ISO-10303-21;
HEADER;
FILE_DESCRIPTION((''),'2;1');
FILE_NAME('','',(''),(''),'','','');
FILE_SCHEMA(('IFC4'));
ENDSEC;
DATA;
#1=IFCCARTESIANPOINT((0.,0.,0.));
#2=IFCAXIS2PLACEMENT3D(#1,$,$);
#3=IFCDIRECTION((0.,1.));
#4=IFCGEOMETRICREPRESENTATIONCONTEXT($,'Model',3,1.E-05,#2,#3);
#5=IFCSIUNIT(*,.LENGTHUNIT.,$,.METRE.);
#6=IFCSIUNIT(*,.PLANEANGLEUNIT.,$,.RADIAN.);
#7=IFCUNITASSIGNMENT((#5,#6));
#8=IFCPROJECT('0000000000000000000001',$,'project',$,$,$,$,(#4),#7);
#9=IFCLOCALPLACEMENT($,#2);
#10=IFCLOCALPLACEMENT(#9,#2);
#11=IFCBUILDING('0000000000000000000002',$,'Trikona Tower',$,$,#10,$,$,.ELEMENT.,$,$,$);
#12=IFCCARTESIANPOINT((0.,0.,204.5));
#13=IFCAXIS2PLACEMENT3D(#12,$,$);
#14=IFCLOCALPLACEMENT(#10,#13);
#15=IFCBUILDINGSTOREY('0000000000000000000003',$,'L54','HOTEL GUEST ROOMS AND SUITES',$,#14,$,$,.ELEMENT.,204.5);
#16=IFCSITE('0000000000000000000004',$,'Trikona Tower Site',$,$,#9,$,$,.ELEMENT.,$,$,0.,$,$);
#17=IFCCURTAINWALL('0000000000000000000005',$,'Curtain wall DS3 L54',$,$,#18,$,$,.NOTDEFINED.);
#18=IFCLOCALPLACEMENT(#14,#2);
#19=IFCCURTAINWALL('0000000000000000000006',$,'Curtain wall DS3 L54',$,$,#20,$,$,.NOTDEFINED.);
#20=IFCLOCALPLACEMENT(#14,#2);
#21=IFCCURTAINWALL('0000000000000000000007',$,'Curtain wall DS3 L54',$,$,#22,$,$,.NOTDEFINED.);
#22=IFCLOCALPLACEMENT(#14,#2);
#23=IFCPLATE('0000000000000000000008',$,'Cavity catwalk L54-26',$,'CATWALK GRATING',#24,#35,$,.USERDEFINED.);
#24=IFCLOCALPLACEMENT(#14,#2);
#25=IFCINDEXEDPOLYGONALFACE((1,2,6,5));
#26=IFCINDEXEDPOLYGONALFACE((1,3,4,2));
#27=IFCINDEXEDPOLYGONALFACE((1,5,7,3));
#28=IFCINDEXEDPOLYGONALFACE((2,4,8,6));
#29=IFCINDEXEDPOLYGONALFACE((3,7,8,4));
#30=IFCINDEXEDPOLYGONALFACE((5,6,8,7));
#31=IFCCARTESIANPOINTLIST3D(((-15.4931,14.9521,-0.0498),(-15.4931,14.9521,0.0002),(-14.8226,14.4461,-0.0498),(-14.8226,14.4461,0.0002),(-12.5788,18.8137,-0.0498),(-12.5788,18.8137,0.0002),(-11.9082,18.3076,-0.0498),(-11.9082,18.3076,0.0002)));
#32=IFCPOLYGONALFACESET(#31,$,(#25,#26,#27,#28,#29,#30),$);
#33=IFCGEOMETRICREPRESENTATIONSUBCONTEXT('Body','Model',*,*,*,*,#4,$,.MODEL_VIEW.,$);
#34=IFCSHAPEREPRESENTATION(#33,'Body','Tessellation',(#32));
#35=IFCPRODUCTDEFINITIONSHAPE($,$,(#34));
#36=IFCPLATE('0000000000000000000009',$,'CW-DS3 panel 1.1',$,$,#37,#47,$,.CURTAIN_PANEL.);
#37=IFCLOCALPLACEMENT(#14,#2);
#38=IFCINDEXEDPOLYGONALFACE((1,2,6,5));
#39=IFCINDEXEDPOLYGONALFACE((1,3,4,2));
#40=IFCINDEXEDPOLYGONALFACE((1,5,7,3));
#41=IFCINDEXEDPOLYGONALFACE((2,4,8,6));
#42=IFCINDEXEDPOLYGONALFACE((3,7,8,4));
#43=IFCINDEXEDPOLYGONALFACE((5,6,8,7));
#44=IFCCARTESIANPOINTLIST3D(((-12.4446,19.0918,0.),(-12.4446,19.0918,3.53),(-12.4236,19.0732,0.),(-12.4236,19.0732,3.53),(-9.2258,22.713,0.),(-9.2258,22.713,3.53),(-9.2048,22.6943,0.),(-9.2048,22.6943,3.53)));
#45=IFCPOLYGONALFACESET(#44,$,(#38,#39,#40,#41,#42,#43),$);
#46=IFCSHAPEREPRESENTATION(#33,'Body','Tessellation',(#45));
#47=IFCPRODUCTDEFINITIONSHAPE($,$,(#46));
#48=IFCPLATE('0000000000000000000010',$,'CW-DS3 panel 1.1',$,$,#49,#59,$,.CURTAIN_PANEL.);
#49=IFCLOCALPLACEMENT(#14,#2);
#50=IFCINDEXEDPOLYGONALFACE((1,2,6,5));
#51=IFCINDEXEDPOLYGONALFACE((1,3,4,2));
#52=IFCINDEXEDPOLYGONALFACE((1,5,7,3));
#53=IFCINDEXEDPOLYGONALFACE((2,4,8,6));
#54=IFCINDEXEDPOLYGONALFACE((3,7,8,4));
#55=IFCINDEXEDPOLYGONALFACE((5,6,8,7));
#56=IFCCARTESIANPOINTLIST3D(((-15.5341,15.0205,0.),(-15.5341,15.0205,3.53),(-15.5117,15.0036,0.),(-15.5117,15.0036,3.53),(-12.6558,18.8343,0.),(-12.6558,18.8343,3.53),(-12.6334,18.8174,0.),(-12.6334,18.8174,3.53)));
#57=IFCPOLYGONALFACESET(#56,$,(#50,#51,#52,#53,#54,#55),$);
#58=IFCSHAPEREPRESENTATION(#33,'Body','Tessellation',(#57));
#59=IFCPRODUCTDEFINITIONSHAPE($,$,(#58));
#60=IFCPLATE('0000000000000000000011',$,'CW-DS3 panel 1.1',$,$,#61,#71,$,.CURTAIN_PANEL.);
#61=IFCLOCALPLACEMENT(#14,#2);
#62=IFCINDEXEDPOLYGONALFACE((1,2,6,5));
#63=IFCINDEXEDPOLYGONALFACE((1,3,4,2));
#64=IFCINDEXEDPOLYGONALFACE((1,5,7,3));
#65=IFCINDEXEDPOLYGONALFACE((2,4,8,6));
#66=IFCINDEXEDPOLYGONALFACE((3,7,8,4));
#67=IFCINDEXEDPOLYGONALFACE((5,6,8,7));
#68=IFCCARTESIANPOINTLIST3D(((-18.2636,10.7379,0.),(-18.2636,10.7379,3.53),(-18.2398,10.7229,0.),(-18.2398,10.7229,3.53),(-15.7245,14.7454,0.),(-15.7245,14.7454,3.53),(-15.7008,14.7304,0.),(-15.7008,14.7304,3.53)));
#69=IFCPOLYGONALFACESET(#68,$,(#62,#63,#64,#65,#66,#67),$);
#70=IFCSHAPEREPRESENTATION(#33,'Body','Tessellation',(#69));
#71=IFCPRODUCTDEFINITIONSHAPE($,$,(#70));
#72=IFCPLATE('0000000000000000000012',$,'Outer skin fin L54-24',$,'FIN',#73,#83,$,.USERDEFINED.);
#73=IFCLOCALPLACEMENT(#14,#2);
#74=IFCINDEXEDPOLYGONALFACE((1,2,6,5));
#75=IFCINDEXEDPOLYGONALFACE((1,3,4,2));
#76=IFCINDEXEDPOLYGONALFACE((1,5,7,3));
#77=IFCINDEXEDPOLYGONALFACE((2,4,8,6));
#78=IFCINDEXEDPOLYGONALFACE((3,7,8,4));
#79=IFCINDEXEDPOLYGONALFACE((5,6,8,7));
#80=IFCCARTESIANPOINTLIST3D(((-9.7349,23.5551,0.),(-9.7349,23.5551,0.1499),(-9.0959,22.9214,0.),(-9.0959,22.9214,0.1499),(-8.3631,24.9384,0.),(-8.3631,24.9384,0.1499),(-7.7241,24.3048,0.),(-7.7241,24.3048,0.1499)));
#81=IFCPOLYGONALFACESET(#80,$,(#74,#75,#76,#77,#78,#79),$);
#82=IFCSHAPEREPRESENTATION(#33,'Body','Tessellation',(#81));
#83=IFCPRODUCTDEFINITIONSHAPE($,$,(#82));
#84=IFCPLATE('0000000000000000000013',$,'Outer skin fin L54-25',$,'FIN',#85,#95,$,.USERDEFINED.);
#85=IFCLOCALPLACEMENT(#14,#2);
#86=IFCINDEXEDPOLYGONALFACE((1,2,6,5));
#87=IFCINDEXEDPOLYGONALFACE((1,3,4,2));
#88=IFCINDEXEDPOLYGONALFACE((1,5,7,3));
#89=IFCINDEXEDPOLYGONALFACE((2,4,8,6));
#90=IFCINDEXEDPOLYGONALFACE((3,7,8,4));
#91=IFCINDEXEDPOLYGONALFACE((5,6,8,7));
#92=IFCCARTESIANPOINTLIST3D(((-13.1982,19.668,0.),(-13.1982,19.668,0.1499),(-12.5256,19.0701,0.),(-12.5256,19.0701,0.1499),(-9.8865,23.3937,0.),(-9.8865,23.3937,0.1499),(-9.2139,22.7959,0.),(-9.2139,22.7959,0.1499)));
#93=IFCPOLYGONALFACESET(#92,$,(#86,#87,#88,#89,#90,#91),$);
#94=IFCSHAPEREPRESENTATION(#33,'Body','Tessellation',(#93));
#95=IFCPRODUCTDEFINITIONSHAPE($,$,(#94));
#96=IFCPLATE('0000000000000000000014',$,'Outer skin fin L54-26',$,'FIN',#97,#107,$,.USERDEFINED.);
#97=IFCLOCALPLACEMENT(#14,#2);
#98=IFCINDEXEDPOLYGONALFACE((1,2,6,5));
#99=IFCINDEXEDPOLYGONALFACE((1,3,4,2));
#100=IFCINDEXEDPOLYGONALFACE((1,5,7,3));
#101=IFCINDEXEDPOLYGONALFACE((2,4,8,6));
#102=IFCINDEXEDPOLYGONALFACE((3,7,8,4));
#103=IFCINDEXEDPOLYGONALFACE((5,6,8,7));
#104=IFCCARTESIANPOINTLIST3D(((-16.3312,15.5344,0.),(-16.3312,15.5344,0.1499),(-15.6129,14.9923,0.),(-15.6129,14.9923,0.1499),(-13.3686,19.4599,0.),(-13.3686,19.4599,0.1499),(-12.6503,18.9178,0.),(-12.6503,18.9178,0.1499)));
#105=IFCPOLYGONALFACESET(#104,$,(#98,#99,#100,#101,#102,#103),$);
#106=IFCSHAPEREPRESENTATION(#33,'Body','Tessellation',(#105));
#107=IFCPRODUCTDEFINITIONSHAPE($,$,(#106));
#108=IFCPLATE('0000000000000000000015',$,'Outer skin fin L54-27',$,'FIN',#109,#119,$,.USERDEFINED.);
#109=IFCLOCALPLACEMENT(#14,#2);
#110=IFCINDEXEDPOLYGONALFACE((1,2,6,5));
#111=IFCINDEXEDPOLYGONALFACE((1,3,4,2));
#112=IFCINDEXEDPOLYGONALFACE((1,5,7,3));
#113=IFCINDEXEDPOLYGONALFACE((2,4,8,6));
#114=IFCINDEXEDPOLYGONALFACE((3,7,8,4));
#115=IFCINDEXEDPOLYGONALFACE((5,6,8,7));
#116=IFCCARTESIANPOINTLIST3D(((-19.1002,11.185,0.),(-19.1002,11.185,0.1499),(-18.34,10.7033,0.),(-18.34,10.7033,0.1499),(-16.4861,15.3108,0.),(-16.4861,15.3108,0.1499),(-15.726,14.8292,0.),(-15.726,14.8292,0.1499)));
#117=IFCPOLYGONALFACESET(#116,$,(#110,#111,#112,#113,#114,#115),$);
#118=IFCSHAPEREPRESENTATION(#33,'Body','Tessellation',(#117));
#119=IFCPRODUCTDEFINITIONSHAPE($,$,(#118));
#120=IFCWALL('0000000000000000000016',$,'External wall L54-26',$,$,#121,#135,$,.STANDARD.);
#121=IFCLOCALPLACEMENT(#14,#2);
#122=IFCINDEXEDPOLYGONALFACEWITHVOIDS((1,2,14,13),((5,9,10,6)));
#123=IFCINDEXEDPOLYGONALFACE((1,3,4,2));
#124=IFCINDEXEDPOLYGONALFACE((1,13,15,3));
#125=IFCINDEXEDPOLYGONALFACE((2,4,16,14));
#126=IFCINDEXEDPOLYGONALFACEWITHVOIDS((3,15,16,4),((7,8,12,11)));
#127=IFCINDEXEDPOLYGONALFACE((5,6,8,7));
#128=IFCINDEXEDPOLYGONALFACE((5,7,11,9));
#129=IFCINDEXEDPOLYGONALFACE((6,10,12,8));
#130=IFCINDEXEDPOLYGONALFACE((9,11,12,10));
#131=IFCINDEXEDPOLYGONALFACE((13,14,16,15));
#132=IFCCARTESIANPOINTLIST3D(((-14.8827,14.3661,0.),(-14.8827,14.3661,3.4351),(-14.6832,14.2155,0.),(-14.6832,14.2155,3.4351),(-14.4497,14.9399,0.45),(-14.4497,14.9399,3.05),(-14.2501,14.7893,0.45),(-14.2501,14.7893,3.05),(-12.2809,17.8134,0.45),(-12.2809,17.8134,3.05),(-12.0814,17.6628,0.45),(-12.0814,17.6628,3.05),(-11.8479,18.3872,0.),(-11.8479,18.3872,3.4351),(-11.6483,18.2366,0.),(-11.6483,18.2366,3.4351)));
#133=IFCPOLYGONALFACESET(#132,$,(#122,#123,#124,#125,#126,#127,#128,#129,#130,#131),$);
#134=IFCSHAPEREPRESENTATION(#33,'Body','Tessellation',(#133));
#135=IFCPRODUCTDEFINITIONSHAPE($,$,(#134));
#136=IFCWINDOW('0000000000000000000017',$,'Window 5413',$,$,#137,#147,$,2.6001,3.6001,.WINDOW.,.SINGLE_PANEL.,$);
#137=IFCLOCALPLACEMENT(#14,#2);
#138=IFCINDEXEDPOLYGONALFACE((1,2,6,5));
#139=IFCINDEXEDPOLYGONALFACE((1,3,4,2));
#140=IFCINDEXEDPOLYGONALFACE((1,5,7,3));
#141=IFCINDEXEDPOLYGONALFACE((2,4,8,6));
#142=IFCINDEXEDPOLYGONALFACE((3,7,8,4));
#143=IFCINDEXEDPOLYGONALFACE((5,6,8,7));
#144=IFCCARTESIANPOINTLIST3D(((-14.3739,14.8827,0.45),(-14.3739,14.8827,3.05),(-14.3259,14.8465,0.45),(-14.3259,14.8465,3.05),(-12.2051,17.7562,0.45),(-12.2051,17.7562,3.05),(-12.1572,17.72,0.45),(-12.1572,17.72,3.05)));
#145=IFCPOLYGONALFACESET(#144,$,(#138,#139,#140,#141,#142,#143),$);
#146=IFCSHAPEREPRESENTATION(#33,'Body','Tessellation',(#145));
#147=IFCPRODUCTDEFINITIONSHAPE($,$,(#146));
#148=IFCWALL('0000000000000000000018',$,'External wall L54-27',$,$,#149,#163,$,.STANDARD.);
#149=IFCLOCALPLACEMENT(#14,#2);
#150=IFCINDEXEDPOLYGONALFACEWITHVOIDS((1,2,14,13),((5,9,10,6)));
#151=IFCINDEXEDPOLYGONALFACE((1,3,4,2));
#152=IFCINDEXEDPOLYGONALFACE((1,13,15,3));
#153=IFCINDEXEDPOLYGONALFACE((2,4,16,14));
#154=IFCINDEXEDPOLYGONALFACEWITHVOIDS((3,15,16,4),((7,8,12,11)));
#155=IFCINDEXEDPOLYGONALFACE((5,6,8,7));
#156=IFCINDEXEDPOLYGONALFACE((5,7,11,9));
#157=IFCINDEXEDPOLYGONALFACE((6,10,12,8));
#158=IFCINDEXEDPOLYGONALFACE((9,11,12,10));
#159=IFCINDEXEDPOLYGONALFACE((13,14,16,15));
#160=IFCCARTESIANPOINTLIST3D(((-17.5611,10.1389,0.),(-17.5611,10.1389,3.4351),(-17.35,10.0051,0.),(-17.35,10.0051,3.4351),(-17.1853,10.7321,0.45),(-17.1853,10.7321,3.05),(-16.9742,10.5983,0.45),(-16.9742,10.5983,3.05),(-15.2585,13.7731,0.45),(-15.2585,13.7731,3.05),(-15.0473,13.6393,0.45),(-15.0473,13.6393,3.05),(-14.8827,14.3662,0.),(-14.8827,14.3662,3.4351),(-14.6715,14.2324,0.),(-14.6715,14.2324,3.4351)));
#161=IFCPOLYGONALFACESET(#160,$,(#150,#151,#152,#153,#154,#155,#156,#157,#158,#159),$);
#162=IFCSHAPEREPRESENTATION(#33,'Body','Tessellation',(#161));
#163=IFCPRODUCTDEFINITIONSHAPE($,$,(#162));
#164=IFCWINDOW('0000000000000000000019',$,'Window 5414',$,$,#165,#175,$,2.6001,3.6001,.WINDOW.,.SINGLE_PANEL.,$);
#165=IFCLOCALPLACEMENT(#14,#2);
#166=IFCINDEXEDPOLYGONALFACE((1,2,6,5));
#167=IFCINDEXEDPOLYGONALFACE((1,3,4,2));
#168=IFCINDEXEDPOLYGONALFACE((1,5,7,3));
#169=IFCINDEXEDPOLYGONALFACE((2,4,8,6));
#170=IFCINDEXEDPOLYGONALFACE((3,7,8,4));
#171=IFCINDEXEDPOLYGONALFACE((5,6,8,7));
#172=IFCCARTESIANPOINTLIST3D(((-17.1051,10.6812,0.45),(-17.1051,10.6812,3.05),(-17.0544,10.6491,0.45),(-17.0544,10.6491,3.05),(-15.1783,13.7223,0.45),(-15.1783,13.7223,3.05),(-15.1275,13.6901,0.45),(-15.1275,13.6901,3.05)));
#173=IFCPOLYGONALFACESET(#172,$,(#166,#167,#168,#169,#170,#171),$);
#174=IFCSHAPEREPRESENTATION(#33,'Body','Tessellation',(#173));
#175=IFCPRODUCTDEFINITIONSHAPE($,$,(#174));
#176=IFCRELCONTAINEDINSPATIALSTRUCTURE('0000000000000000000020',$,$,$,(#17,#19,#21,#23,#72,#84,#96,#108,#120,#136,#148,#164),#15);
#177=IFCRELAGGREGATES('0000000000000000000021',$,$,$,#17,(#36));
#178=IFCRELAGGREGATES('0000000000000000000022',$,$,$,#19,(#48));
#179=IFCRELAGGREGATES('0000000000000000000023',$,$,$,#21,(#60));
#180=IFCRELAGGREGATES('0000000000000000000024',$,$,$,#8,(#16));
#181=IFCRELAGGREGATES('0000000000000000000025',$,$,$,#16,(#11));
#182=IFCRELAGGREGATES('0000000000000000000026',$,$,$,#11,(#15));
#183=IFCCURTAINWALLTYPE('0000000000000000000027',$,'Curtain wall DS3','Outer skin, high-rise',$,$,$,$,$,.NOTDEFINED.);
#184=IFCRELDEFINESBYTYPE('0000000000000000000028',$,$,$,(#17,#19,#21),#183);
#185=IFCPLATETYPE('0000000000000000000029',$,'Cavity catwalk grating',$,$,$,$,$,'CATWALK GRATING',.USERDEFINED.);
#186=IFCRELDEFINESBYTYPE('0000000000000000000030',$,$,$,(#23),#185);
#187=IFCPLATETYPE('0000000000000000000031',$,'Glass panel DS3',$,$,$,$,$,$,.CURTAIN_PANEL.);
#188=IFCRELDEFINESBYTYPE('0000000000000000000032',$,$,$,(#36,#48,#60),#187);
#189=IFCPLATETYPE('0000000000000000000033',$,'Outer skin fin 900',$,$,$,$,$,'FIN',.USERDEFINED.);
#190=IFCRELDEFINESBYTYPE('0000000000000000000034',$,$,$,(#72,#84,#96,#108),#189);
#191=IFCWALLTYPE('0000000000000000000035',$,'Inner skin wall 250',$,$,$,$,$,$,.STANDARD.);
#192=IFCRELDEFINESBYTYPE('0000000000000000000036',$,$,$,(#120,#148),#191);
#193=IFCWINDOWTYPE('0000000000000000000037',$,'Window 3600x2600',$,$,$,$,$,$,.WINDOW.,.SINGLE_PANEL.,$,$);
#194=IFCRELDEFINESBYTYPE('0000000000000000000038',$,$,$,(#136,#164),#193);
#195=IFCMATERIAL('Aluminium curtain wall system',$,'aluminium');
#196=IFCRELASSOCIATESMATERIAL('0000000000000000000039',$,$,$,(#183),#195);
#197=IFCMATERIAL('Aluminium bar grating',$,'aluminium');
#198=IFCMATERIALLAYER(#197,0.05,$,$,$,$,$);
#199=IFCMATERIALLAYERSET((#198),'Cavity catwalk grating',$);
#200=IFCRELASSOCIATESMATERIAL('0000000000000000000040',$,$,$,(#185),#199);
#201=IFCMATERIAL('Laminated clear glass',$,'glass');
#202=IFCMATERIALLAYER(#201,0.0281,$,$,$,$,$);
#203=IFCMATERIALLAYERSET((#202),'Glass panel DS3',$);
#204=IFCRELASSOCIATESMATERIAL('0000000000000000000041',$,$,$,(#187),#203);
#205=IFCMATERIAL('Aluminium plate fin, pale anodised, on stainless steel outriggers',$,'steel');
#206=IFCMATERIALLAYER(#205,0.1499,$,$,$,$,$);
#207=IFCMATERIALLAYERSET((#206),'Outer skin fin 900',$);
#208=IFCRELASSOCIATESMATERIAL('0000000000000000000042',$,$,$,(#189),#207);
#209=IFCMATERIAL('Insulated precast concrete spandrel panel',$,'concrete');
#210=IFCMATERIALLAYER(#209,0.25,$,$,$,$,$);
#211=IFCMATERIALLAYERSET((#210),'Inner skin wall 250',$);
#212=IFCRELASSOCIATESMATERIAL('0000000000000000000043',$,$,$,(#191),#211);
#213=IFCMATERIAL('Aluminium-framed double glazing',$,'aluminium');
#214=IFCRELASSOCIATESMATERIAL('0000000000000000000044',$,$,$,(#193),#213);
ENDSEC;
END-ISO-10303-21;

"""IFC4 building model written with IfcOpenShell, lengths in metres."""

from ifc_helpers import new_model, si_unit, direction, frame, frame_2d, origin, origin_2d, place, context, subcontext, project, spatial, rectangle, extrude, material, layer, layer_set, type_object, element, fill, aggregate, save


model = new_model("IFC4")

# Units and contexts
model_context = context("Model", 3, precision=1e-05, world=origin(), true_north=direction((0.0, 1.0)))
body_context = subcontext(model_context, "Body", "Model", "MODEL_VIEW")
ifc_project = project(units=[si_unit("LENGTHUNIT", "METRE"), si_unit("PLANEANGLEUNIT", "RADIAN")], contexts=[model_context])

# Site, building, storey
site_placement = place(None, origin())
site = spatial("IfcSite", under=ifc_project, at=site_placement, Name="Trikona Tower Site", CompositionType="ELEMENT", RefElevation=0.0)
building_placement = place(site_placement, origin())
building = spatial("IfcBuilding", under=site, at=building_placement, Name="Trikona Tower", CompositionType="ELEMENT")
storey_placement = place(building_placement, frame((0.0, 0.0, 204.5)))
storey = spatial("IfcBuildingStorey", under=building, at=storey_placement, Name="L54", Description="HOTEL GUEST ROOMS AND SUITES", CompositionType="ELEMENT", Elevation=204.5)

# Shared definitions
ifc_material_1 = material(Name="Aluminium curtain wall system", Category="aluminium")
curtain_wall_type = type_object("IfcCurtainWallType", Name="Curtain wall DS3", Description="Outer skin, high-rise", PredefinedType="NOTDEFINED", material=ifc_material_1)

# Curtain walls
curtain_wall_1_placement = place(storey_placement, origin())
curtain_wall_1 = element("IfcCurtainWall", 1, at=curtain_wall_1_placement, inside=storey, type_object=curtain_wall_type, Name="Curtain wall DS3 L54", PredefinedType="NOTDEFINED")
curtain_wall_2_placement = place(storey_placement, origin())
curtain_wall_2 = element("IfcCurtainWall", 2, at=curtain_wall_2_placement, inside=storey, type_object=curtain_wall_type, Name="Curtain wall DS3 L54", PredefinedType="NOTDEFINED")

# Curtain wall
curtain_wall_3_placement = place(storey_placement, origin())
curtain_wall_3 = element("IfcCurtainWall", 3, at=curtain_wall_3_placement, inside=storey, type_object=curtain_wall_type, Name="Curtain wall DS3 L54", PredefinedType="NOTDEFINED")

# Plate
ifc_material_2 = material(Name="Aluminium bar grating", Category="aluminium")
ifc_layer_1 = layer(ifc_material_2, 0.05)
ifc_layer_set_1 = layer_set([ifc_layer_1], Name="Cavity catwalk grating")
plate_type_1 = type_object("IfcPlateType", Name="Cavity catwalk grating", ElementType="CATWALK GRATING", PredefinedType="USERDEFINED", material=ifc_layer_set_1)
plate_1_placement = place(storey_placement, frame((-13.7007, 16.6299, -0.0498), z_axis=(0.0, 0.0, 1.0), x_axis=(-0.602402, -0.798193, 0.0)))
element("IfcPlate", 4, at=plate_1_placement, inside=storey, type_object=plate_type_1, Name="Cavity catwalk L54-26", ObjectType="CATWALK GRATING", PredefinedType="USERDEFINED", context=body_context, shape_type="SweptSolid", body=[
    extrude(rectangle(XDim=4.8379, YDim=0.8401, at=origin_2d()), origin(), (0.0, 0.0, 1.0), 0.05),
])

# Plates
ifc_material_3 = material(Name="Laminated clear glass", Category="glass")
ifc_layer_2 = layer(ifc_material_3, 0.0281)
ifc_layer_set_2 = layer_set([ifc_layer_2], Name="Glass panel DS3")
plate_type_2 = type_object("IfcPlateType", Name="Glass panel DS3", PredefinedType="CURTAIN_PANEL", material=ifc_layer_set_2)
plate_2_placement = place(storey_placement, frame((-10.8247, 20.8931, 0.0), z_axis=(0.0, 0.0, 1.0), x_axis=(-0.664371, -0.747403, 0.0)))
plate_2 = element("IfcPlate", 5, at=plate_2_placement, type_object=plate_type_2, Name="CW-DS3 panel 1.1", PredefinedType="CURTAIN_PANEL", context=body_context, shape_type="SweptSolid", body=[
    extrude(rectangle(XDim=4.845, YDim=0.0281, at=origin_2d()), origin(), (0.0, 0.0, 1.0), 3.53),
])
aggregate(curtain_wall_1, [plate_2])
plate_3_placement = place(storey_placement, frame((-14.0837, 16.9189, 0.0), z_axis=(0.0, 0.0, 1.0), x_axis=(-0.602402, -0.798193, 0.0)))
plate_3 = element("IfcPlate", 6, at=plate_3_placement, type_object=plate_type_2, Name="CW-DS3 panel 1.1", PredefinedType="CURTAIN_PANEL", context=body_context, shape_type="SweptSolid", body=[
    extrude(rectangle(XDim=4.7781, YDim=0.0281, at=origin_2d()), origin(), (0.0, 0.0, 1.0), 3.53),
])
aggregate(curtain_wall_2, [plate_3])
plate_4_placement = place(storey_placement, frame((-16.9822, 12.7341, 0.0), z_axis=(0.0, 0.0, 1.0), x_axis=(-0.535197, -0.844727, 0.0)))
plate_4 = element("IfcPlate", 7, at=plate_4_placement, type_object=plate_type_2, Name="CW-DS3 panel 1.1", PredefinedType="CURTAIN_PANEL", context=body_context, shape_type="SweptSolid", body=[
    extrude(rectangle(XDim=4.7441, YDim=0.0281, at=origin_2d()), origin(), (0.0, 0.0, 1.0), 3.53),
])
aggregate(curtain_wall_3, [plate_4])

# Plates
ifc_material_4 = material(Name="Aluminium plate fin, pale anodised, on stainless steel outriggers", Category="steel")
ifc_layer_3 = layer(ifc_material_4, 0.1499)
ifc_layer_set_3 = layer_set([ifc_layer_3], Name="Outer skin fin 900")
plate_type_3 = type_object("IfcPlateType", Name="Outer skin fin 900", ElementType="FIN", PredefinedType="USERDEFINED", material=ifc_layer_set_3)
plate_5_placement = place(storey_placement, frame((-8.7295, 23.9299, 0.0), z_axis=(0.0, 0.0, 1.0), x_axis=(-0.704151, -0.71005, 0.0)))
element("IfcPlate", 8, at=plate_5_placement, inside=storey, type_object=plate_type_3, Name="Outer skin fin L54-24", ObjectType="FIN", PredefinedType="USERDEFINED", context=body_context, shape_type="SweptSolid", body=[
    extrude(rectangle(XDim=1.9482, YDim=0.8999, at=origin_2d()), origin(), (0.0, 0.0, 1.0), 0.1499),
])
plate_6_placement = place(storey_placement, frame((-11.2061, 21.2319, 0.0), z_axis=(0.0, 0.0, 1.0), x_axis=(-0.664367, -0.747406, 0.0)))
element("IfcPlate", 9, at=plate_6_placement, inside=storey, type_object=plate_type_3, Name="Outer skin fin L54-25", ObjectType="FIN", PredefinedType="USERDEFINED", context=body_context, shape_type="SweptSolid", body=[
    extrude(rectangle(XDim=4.9849, YDim=0.8999, at=origin_2d()), origin(), (0.0, 0.0, 1.0), 0.1499),
])
plate_7_placement = place(storey_placement, frame((-14.4907, 17.2261, 0.0), z_axis=(0.0, 0.0, 1.0), x_axis=(-0.602402, -0.798193, 0.0)))
element("IfcPlate", 10, at=plate_7_placement, inside=storey, type_object=plate_type_3, Name="Outer skin fin L54-26", ObjectType="FIN", PredefinedType="USERDEFINED", context=body_context, shape_type="SweptSolid", body=[
    extrude(rectangle(XDim=4.918, YDim=0.8999, at=origin_2d()), origin(), (0.0, 0.0, 1.0), 0.1499),
])
plate_8_placement = place(storey_placement, frame((-17.4131, 13.0071, 0.0), z_axis=(0.0, 0.0, 1.0), x_axis=(-0.535205, -0.844722, 0.0)))
element("IfcPlate", 11, at=plate_8_placement, inside=storey, type_object=plate_type_3, Name="Outer skin fin L54-27", ObjectType="FIN", PredefinedType="USERDEFINED", context=body_context, shape_type="SweptSolid", body=[
    extrude(rectangle(XDim=4.8843, YDim=0.8999, at=origin_2d()), origin(), (0.0, 0.0, 1.0), 0.1499),
])

# Walls, openings, windows
ifc_material_5 = material(Name="Insulated precast concrete spandrel panel", Category="concrete")
ifc_layer_4 = layer(ifc_material_5, 0.25)
ifc_layer_set_4 = layer_set([ifc_layer_4], Name="Inner skin wall 250")
wall_type = type_object("IfcWallType", Name="Inner skin wall 250", PredefinedType="STANDARD", material=ifc_layer_set_4)
wall_1_placement = place(storey_placement, frame((-11.748, 18.312, 0.0), z_axis=(0.0, 0.0, 1.0), x_axis=(-0.602409, -0.798188, 0.0)))
wall_1 = element("IfcWall", 12, at=wall_1_placement, inside=storey, type_object=wall_type, Name="External wall L54-26", PredefinedType="STANDARD", context=body_context, shape_type="SweptSolid", body=[
    extrude(rectangle(XDim=5.0378, YDim=0.25, at=frame_2d((2.519, 0.0))), origin(), (0.0, 0.0, 1.0), 3.4351),
])
opening_1_placement = place(wall_1_placement, frame((0.719, 0.0, 0.45)))
opening_1 = element("IfcOpeningElement", 13, at=opening_1_placement, cuts=wall_1, PredefinedType="OPENING", context=body_context, shape_type="SweptSolid", body=[
    extrude(rectangle(XDim=3.6001, YDim=2.6001, at=frame_2d((1.8, 1.3))), frame((0.0, 0.135, 0.0), z_axis=(0.0, -1.0, 0.0), x_axis=(1.0, 0.0, 0.0)), (0.0, 0.0, 1.0), 0.27),
])
ifc_material_6 = material(Name="Aluminium-framed double glazing", Category="aluminium")
window_type = type_object("IfcWindowType", Name="Window 3600x2600", PartitioningType="SINGLE_PANEL", PredefinedType="WINDOW", material=ifc_material_6)
window_1_placement = place(opening_1_placement, origin())
window_1 = element("IfcWindow", 14, at=window_1_placement, inside=storey, type_object=window_type, Name="Window 5413", OverallHeight=2.6001, OverallWidth=3.6001, PartitioningType="SINGLE_PANEL", PredefinedType="WINDOW", context=body_context, shape_type="SweptSolid", body=[
    extrude(rectangle(XDim=3.6001, YDim=2.6001, at=frame_2d((1.8, 1.3))), frame((0.0, 0.03, 0.0), z_axis=(0.0, -1.0, 0.0), x_axis=(1.0, 0.0, 0.0)), (0.0, 0.0, 1.0), 0.0601),
])
fill(opening_1, window_1)
wall_2_placement = place(storey_placement, frame((-14.7771, 14.2993, 0.0), z_axis=(0.0, 0.0, 1.0), x_axis=(-0.53522, -0.844712, 0.0)))
wall_2 = element("IfcWall", 15, at=wall_2_placement, inside=storey, type_object=wall_type, Name="External wall L54-27", PredefinedType="STANDARD", context=body_context, shape_type="SweptSolid", body=[
    extrude(rectangle(XDim=5.0044, YDim=0.25, at=frame_2d((2.5022, 0.0))), origin(), (0.0, 0.0, 1.0), 3.4351),
])
opening_2_placement = place(wall_2_placement, frame((0.7021, 0.0, 0.45)))
opening_2 = element("IfcOpeningElement", 16, at=opening_2_placement, cuts=wall_2, PredefinedType="OPENING", context=body_context, shape_type="SweptSolid", body=[
    extrude(rectangle(XDim=3.6001, YDim=2.6001, at=frame_2d((1.8, 1.3))), frame((0.0, 0.135, 0.0), z_axis=(0.0, -1.0, 0.0), x_axis=(1.0, 0.0, 0.0)), (0.0, 0.0, 1.0), 0.27),
])
window_2_placement = place(opening_2_placement, origin())
window_2 = element("IfcWindow", 17, at=window_2_placement, inside=storey, type_object=window_type, Name="Window 5414", OverallHeight=2.6001, OverallWidth=3.6001, PartitioningType="SINGLE_PANEL", PredefinedType="WINDOW", context=body_context, shape_type="SweptSolid", body=[
    extrude(rectangle(XDim=3.6001, YDim=2.6001, at=frame_2d((1.8, 1.3))), frame((0.0, 0.03, 0.0), z_axis=(0.0, -1.0, 0.0), x_axis=(1.0, 0.0, 0.0)), (0.0, 0.0, 1.0), 0.0601),
])
fill(opening_2, window_2)

save(model, "model.ifc")
